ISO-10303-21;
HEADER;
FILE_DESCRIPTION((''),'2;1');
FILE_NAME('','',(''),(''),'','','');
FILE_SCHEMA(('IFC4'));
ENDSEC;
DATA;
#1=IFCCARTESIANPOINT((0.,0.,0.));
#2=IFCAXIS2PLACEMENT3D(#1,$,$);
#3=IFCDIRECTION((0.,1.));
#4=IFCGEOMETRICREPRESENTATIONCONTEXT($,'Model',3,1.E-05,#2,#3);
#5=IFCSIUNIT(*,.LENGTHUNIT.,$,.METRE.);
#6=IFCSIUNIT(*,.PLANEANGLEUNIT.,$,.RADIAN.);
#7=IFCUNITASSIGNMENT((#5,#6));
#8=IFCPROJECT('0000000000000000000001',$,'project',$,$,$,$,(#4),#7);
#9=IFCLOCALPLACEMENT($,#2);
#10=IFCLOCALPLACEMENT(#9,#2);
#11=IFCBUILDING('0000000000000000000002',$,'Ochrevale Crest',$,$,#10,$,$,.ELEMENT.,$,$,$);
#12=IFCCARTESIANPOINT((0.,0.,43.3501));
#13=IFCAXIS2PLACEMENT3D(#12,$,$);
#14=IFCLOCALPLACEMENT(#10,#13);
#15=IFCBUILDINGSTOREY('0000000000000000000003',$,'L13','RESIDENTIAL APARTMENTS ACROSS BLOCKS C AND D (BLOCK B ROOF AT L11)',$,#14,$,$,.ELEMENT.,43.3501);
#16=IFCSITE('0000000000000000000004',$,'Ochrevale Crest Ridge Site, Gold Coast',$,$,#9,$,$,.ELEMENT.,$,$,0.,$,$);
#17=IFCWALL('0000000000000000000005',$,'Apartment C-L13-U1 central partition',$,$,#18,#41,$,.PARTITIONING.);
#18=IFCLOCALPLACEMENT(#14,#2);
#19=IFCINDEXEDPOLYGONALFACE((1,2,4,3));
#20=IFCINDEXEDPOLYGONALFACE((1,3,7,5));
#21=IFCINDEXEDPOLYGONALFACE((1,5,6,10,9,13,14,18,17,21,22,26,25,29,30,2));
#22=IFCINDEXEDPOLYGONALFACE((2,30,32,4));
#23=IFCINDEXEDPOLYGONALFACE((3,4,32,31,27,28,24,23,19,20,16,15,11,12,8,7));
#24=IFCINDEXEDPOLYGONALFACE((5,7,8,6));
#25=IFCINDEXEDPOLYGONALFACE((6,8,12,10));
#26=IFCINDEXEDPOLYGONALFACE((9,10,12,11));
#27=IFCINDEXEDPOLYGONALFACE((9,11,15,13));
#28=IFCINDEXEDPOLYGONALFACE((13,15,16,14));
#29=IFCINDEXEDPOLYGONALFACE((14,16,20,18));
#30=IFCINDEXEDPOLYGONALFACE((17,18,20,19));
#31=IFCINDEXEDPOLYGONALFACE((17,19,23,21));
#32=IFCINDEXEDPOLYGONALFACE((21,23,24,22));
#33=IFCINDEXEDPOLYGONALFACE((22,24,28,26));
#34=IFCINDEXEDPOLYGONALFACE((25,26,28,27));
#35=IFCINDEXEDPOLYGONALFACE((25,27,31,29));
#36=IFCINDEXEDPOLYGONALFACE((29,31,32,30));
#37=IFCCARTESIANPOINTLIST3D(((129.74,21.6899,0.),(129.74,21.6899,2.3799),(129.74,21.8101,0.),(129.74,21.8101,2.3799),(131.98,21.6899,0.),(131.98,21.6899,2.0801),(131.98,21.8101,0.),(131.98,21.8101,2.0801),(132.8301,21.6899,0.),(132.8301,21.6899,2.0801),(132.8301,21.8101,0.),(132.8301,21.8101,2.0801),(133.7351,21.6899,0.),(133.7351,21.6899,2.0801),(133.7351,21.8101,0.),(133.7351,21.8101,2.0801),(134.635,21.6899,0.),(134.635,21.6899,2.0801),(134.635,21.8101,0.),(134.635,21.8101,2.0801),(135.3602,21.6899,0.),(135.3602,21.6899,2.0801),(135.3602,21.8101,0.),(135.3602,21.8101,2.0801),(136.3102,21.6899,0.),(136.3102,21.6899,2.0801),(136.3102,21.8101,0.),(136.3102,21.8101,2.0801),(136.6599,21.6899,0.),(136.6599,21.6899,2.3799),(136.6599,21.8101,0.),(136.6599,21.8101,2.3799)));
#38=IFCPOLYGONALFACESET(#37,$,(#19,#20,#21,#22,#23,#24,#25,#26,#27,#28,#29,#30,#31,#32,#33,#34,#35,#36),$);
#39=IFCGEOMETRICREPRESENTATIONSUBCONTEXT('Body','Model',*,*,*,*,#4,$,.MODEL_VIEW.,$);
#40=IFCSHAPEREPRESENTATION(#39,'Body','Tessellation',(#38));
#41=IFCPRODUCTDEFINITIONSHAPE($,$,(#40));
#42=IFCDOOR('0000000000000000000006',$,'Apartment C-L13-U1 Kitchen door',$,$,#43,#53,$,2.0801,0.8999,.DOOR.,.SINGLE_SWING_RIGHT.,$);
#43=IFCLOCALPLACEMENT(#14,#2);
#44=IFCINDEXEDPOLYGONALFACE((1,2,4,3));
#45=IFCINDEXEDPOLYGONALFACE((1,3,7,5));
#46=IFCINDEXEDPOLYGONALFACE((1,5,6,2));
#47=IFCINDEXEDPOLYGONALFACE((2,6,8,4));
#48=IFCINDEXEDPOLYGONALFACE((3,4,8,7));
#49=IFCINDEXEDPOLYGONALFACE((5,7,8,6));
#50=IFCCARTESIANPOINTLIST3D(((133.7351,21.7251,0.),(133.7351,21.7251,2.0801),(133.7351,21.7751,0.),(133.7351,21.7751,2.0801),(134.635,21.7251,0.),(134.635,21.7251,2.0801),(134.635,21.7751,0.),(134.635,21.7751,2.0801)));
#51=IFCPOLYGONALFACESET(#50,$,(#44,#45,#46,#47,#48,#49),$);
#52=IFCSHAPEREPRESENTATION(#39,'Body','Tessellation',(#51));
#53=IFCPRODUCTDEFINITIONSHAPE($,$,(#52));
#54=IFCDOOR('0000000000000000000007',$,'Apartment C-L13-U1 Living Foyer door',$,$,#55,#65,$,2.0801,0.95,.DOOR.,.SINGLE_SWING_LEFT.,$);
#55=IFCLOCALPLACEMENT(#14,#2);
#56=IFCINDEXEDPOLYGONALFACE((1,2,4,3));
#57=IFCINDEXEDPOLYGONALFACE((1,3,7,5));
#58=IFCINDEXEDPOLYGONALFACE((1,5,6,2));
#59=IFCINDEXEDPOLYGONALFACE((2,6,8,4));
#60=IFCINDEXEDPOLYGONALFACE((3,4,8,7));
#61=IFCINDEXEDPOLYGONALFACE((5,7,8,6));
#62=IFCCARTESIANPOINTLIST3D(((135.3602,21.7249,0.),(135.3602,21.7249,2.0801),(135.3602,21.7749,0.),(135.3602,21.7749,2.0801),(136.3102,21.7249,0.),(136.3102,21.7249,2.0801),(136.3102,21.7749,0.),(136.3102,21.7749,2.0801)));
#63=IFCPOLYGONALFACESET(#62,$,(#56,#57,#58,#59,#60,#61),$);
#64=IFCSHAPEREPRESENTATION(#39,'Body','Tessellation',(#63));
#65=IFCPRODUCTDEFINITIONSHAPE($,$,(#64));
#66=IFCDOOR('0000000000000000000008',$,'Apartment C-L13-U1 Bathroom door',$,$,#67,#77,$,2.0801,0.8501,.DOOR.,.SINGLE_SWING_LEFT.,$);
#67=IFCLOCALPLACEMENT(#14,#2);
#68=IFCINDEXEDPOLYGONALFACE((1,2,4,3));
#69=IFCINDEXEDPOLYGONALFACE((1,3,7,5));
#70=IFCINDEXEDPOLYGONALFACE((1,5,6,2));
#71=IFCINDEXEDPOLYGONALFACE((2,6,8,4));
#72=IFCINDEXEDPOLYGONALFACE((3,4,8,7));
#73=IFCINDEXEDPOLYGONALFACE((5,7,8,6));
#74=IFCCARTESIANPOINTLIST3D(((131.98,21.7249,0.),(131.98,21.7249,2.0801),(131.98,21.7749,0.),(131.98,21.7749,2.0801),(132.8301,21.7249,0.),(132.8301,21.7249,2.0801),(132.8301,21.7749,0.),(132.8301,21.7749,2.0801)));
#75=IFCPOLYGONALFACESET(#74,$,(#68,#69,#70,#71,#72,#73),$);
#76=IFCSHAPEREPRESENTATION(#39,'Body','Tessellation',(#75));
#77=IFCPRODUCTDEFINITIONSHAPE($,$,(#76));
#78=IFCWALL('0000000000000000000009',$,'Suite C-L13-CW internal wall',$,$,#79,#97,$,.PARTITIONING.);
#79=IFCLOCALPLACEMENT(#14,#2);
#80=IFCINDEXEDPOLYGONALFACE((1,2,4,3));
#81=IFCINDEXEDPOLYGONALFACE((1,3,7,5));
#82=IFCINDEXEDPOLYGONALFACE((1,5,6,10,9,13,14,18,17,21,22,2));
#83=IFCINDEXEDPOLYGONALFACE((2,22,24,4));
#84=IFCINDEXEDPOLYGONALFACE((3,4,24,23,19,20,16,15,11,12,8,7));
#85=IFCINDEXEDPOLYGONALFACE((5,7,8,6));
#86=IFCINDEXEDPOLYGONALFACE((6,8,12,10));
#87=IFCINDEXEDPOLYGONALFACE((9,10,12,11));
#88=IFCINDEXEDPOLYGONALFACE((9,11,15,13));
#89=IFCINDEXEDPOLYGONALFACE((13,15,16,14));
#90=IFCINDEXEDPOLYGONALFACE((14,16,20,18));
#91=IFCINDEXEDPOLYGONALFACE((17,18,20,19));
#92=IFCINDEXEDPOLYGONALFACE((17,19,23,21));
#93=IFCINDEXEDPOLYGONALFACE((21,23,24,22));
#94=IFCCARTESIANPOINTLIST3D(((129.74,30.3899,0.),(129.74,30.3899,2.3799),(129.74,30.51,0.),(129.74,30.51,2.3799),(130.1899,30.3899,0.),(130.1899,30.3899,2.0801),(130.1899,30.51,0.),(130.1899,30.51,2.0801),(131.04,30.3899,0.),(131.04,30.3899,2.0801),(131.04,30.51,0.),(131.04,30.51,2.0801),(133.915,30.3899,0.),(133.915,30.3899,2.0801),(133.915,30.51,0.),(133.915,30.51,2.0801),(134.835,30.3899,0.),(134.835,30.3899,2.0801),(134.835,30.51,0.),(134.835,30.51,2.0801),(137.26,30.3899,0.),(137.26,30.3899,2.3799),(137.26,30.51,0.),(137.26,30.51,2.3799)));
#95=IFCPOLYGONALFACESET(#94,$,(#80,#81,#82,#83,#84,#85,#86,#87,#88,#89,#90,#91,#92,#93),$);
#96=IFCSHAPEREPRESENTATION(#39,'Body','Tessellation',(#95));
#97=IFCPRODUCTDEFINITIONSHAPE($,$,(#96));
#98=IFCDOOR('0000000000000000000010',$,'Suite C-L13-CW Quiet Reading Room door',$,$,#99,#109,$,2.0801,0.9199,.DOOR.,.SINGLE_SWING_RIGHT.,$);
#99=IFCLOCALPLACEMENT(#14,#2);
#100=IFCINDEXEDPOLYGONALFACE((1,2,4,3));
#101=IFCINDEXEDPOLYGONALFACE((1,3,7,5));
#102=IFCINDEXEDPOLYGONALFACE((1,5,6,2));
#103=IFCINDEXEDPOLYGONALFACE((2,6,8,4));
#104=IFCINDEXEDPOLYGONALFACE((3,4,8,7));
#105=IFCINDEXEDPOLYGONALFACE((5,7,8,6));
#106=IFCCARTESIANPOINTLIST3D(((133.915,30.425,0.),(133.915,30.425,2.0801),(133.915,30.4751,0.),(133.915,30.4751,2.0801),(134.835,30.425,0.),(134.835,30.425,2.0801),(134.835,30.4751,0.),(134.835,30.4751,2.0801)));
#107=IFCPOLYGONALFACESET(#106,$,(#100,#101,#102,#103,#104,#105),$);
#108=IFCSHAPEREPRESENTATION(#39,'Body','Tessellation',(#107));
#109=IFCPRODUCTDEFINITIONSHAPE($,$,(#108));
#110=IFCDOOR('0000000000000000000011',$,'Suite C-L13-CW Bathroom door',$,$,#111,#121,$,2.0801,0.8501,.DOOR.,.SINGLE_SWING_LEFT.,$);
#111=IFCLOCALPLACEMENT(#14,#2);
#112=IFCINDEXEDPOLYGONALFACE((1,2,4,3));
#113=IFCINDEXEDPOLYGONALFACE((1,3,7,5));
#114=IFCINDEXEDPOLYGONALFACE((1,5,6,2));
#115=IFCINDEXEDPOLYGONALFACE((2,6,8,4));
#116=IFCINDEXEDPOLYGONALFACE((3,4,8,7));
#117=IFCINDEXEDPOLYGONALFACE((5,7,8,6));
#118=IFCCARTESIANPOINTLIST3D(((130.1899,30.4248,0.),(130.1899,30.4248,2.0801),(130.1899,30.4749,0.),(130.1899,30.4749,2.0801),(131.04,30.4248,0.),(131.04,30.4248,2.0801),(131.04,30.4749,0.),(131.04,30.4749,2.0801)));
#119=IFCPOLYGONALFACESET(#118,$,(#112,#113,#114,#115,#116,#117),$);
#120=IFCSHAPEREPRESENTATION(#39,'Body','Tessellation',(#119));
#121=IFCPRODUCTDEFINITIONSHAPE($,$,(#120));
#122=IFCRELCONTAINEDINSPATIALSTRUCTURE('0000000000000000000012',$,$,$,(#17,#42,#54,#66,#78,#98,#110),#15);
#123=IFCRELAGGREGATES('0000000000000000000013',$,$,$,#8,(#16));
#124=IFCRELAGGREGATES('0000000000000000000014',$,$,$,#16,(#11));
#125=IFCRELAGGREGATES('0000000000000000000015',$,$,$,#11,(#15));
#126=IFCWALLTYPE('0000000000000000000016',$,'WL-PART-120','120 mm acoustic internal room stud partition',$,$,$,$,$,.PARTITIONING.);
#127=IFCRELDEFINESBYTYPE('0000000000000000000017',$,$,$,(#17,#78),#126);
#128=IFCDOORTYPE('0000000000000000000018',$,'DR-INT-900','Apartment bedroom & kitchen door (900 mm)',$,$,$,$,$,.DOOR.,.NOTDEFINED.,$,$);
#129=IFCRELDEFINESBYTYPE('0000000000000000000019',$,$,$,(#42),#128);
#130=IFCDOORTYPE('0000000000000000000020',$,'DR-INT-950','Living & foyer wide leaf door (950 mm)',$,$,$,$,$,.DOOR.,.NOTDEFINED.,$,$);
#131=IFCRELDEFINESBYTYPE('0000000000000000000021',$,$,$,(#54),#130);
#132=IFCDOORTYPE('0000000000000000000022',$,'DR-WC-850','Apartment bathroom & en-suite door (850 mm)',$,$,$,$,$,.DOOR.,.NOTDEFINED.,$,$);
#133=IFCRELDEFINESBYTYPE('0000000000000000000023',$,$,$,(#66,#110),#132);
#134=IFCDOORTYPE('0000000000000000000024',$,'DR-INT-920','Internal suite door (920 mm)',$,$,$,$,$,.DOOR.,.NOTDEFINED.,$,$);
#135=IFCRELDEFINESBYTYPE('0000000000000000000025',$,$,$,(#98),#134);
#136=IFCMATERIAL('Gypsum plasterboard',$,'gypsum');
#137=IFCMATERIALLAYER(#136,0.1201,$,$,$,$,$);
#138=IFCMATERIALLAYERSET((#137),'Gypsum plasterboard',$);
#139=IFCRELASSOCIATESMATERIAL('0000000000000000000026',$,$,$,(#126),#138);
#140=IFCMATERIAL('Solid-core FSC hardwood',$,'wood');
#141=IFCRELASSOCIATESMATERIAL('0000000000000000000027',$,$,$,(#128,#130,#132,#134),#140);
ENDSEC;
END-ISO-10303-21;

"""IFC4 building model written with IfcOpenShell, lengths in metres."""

from ifc_helpers import new_model, si_unit, direction, frame, frame_2d, origin, place, context, subcontext, project, spatial, rectangle, extrude, material, layer, layer_set, type_object, element, fill, save


model = new_model("IFC4")

# Units and contexts
model_context = context("Model", 3, precision=1e-05, world=origin(), true_north=direction((0.0, 1.0)))
body_context = subcontext(model_context, "Body", "Model", "MODEL_VIEW")
ifc_project = project(units=[si_unit("LENGTHUNIT", "METRE"), si_unit("PLANEANGLEUNIT", "RADIAN")], contexts=[model_context])

# Site, building, storey
site_placement = place(None, origin())
site = spatial("IfcSite", under=ifc_project, at=site_placement, Name="Ochrevale Crest Ridge Site, Gold Coast", CompositionType="ELEMENT", RefElevation=0.0)
building_placement = place(site_placement, origin())
building = spatial("IfcBuilding", under=site, at=building_placement, Name="Ochrevale Crest", CompositionType="ELEMENT")
storey_placement = place(building_placement, frame((0.0, 0.0, 43.3501)))
storey = spatial("IfcBuildingStorey", under=building, at=storey_placement, Name="L13", Description="RESIDENTIAL APARTMENTS ACROSS BLOCKS C AND D (BLOCK B ROOF AT L11)", CompositionType="ELEMENT", Elevation=43.3501)

# Shared definitions
ifc_material_1 = material(Name="Gypsum plasterboard", Category="gypsum")
ifc_material_2 = material(Name="Solid-core FSC hardwood", Category="wood")

# Walls, openings, doors
ifc_layer_1 = layer(ifc_material_1, 0.1201)
ifc_layer_set_1 = layer_set([ifc_layer_1], Name="Gypsum plasterboard")
wall_type_1 = type_object("IfcWallType", Name="WL-PART-120", Description="120 mm acoustic internal room stud partition", PredefinedType="PARTITIONING", material=ifc_layer_set_1)
wall_1_placement = place(storey_placement, frame((129.74, 21.75, 0.0), z_axis=(0.0, 0.0, 1.0), x_axis=(1.0, 0.0, 0.0)))
wall_1 = element("IfcWall", 1, at=wall_1_placement, inside=storey, type_object=wall_type_1, Name="Apartment C-L13-U1 central partition", PredefinedType="PARTITIONING", context=body_context, shape_type="SweptSolid", body=[
    extrude(rectangle(XDim=6.9199, YDim=0.1201, at=frame_2d((3.46, 0.0))), origin(), (0.0, 0.0, 1.0), 2.3799),
])
opening_1_placement = place(wall_1_placement, frame((2.24, 0.0, 0.0)))
opening_1 = element("IfcOpeningElement", 2, at=opening_1_placement, cuts=wall_1, PredefinedType="OPENING", context=body_context, shape_type="SweptSolid", body=[
    extrude(rectangle(XDim=0.8501, YDim=2.0801, at=frame_2d((0.425, 1.04))), frame((0.0, 0.0701, 0.0), z_axis=(0.0, -1.0, 0.0), x_axis=(1.0, 0.0, 0.0)), (0.0, 0.0, 1.0), 0.1401),
])
opening_2_placement = place(wall_1_placement, frame((4.895, 0.0, 0.0), z_axis=(0.0, 0.0, 1.0), x_axis=(-1.0, 0.0, 0.0)))
opening_2 = element("IfcOpeningElement", 3, at=opening_2_placement, cuts=wall_1, PredefinedType="OPENING", context=body_context, shape_type="SweptSolid", body=[
    extrude(rectangle(XDim=0.8999, YDim=2.0801, at=frame_2d((0.45, 1.04))), frame((0.0, 0.0701, 0.0), z_axis=(0.0, -1.0, 0.0), x_axis=(1.0, 0.0, 0.0)), (0.0, 0.0, 1.0), 0.1401),
])
opening_3_placement = place(wall_1_placement, frame((5.6201, 0.0, 0.0)))
opening_3 = element("IfcOpeningElement", 4, at=opening_3_placement, cuts=wall_1, PredefinedType="OPENING", context=body_context, shape_type="SweptSolid", body=[
    extrude(rectangle(XDim=0.95, YDim=2.0801, at=frame_2d((0.4751, 1.04))), frame((0.0, 0.0701, 0.0), z_axis=(0.0, -1.0, 0.0), x_axis=(1.0, 0.0, 0.0)), (0.0, 0.0, 1.0), 0.1401),
])
door_type_1 = type_object("IfcDoorType", Name="DR-INT-900", Description="Apartment bedroom & kitchen door (900 mm)", OperationType="NOTDEFINED", PredefinedType="DOOR", material=ifc_material_2)
door_1_placement = place(opening_2_placement, origin())
door_1 = element("IfcDoor", 5, at=door_1_placement, inside=storey, type_object=door_type_1, Name="Apartment C-L13-U1 Kitchen door", OperationType="SINGLE_SWING_RIGHT", OverallHeight=2.0801, OverallWidth=0.8999, PredefinedType="DOOR", context=body_context, shape_type="SweptSolid", body=[
    extrude(rectangle(XDim=0.8999, YDim=2.0801, at=frame_2d((0.45, 1.04))), frame((0.0, 0.0249, 0.0), z_axis=(0.0, -1.0, 0.0), x_axis=(1.0, 0.0, 0.0)), (0.0, 0.0, 1.0), 0.05),
])
fill(opening_2, door_1)
door_type_2 = type_object("IfcDoorType", Name="DR-INT-950", Description="Living & foyer wide leaf door (950 mm)", OperationType="NOTDEFINED", PredefinedType="DOOR", material=ifc_material_2)
door_2_placement = place(opening_3_placement, origin())
door_2 = element("IfcDoor", 6, at=door_2_placement, inside=storey, type_object=door_type_2, Name="Apartment C-L13-U1 Living Foyer door", OperationType="SINGLE_SWING_LEFT", OverallHeight=2.0801, OverallWidth=0.95, PredefinedType="DOOR", context=body_context, shape_type="SweptSolid", body=[
    extrude(rectangle(XDim=0.95, YDim=2.0801, at=frame_2d((0.4751, 1.04))), frame((0.0, 0.0249, 0.0), z_axis=(0.0, -1.0, 0.0), x_axis=(1.0, 0.0, 0.0)), (0.0, 0.0, 1.0), 0.05),
])
fill(opening_3, door_2)
door_type_3 = type_object("IfcDoorType", Name="DR-WC-850", Description="Apartment bathroom & en-suite door (850 mm)", OperationType="NOTDEFINED", PredefinedType="DOOR", material=ifc_material_2)
door_3_placement = place(opening_1_placement, origin())
door_3 = element("IfcDoor", 7, at=door_3_placement, inside=storey, type_object=door_type_3, Name="Apartment C-L13-U1 Bathroom door", OperationType="SINGLE_SWING_LEFT", OverallHeight=2.0801, OverallWidth=0.8501, PredefinedType="DOOR", context=body_context, shape_type="SweptSolid", body=[
    extrude(rectangle(XDim=0.8501, YDim=2.0801, at=frame_2d((0.425, 1.04))), frame((0.0, 0.0249, 0.0), z_axis=(0.0, -1.0, 0.0), x_axis=(1.0, 0.0, 0.0)), (0.0, 0.0, 1.0), 0.05),
])
fill(opening_1, door_3)
wall_2_placement = place(storey_placement, frame((129.74, 30.45, 0.0), z_axis=(0.0, 0.0, 1.0), x_axis=(1.0, 0.0, 0.0)))
wall_2 = element("IfcWall", 8, at=wall_2_placement, inside=storey, type_object=wall_type_1, Name="Suite C-L13-CW internal wall", PredefinedType="PARTITIONING", context=body_context, shape_type="SweptSolid", body=[
    extrude(rectangle(XDim=7.52, YDim=0.1201, at=frame_2d((3.76, 0.0))), origin(), (0.0, 0.0, 1.0), 2.3799),
])
opening_4_placement = place(wall_2_placement, frame((0.45, 0.0, 0.0)))
opening_4 = element("IfcOpeningElement", 9, at=opening_4_placement, cuts=wall_2, PredefinedType="OPENING", context=body_context, shape_type="SweptSolid", body=[
    extrude(rectangle(XDim=0.8501, YDim=2.0801, at=frame_2d((0.425, 1.04))), frame((0.0, 0.0701, 0.0), z_axis=(0.0, -1.0, 0.0), x_axis=(1.0, 0.0, 0.0)), (0.0, 0.0, 1.0), 0.1401),
])
opening_5_placement = place(wall_2_placement, frame((5.095, 0.0, 0.0), z_axis=(0.0, 0.0, 1.0), x_axis=(-1.0, 0.0, 0.0)))
opening_5 = element("IfcOpeningElement", 10, at=opening_5_placement, cuts=wall_2, PredefinedType="OPENING", context=body_context, shape_type="SweptSolid", body=[
    extrude(rectangle(XDim=0.9199, YDim=2.0801, at=frame_2d((0.46, 1.04))), frame((0.0, 0.0701, 0.0), z_axis=(0.0, -1.0, 0.0), x_axis=(1.0, 0.0, 0.0)), (0.0, 0.0, 1.0), 0.1401),
])
door_type_4 = type_object("IfcDoorType", Name="DR-INT-920", Description="Internal suite door (920 mm)", OperationType="NOTDEFINED", PredefinedType="DOOR", material=ifc_material_2)
door_4_placement = place(opening_5_placement, origin())
door_4 = element("IfcDoor", 11, at=door_4_placement, inside=storey, type_object=door_type_4, Name="Suite C-L13-CW Quiet Reading Room door", OperationType="SINGLE_SWING_RIGHT", OverallHeight=2.0801, OverallWidth=0.9199, PredefinedType="DOOR", context=body_context, shape_type="SweptSolid", body=[
    extrude(rectangle(XDim=0.9199, YDim=2.0801, at=frame_2d((0.46, 1.04))), frame((0.0, 0.0249, 0.0), z_axis=(0.0, -1.0, 0.0), x_axis=(1.0, 0.0, 0.0)), (0.0, 0.0, 1.0), 0.05),
])
fill(opening_5, door_4)
door_5_placement = place(opening_4_placement, origin())
door_5 = element("IfcDoor", 12, at=door_5_placement, inside=storey, type_object=door_type_3, Name="Suite C-L13-CW Bathroom door", OperationType="SINGLE_SWING_LEFT", OverallHeight=2.0801, OverallWidth=0.8501, PredefinedType="DOOR", context=body_context, shape_type="SweptSolid", body=[
    extrude(rectangle(XDim=0.8501, YDim=2.0801, at=frame_2d((0.425, 1.04))), frame((0.0, 0.0249, 0.0), z_axis=(0.0, -1.0, 0.0), x_axis=(1.0, 0.0, 0.0)), (0.0, 0.0, 1.0), 0.05),
])
fill(opening_4, door_5)

save(model, "model.ifc")
